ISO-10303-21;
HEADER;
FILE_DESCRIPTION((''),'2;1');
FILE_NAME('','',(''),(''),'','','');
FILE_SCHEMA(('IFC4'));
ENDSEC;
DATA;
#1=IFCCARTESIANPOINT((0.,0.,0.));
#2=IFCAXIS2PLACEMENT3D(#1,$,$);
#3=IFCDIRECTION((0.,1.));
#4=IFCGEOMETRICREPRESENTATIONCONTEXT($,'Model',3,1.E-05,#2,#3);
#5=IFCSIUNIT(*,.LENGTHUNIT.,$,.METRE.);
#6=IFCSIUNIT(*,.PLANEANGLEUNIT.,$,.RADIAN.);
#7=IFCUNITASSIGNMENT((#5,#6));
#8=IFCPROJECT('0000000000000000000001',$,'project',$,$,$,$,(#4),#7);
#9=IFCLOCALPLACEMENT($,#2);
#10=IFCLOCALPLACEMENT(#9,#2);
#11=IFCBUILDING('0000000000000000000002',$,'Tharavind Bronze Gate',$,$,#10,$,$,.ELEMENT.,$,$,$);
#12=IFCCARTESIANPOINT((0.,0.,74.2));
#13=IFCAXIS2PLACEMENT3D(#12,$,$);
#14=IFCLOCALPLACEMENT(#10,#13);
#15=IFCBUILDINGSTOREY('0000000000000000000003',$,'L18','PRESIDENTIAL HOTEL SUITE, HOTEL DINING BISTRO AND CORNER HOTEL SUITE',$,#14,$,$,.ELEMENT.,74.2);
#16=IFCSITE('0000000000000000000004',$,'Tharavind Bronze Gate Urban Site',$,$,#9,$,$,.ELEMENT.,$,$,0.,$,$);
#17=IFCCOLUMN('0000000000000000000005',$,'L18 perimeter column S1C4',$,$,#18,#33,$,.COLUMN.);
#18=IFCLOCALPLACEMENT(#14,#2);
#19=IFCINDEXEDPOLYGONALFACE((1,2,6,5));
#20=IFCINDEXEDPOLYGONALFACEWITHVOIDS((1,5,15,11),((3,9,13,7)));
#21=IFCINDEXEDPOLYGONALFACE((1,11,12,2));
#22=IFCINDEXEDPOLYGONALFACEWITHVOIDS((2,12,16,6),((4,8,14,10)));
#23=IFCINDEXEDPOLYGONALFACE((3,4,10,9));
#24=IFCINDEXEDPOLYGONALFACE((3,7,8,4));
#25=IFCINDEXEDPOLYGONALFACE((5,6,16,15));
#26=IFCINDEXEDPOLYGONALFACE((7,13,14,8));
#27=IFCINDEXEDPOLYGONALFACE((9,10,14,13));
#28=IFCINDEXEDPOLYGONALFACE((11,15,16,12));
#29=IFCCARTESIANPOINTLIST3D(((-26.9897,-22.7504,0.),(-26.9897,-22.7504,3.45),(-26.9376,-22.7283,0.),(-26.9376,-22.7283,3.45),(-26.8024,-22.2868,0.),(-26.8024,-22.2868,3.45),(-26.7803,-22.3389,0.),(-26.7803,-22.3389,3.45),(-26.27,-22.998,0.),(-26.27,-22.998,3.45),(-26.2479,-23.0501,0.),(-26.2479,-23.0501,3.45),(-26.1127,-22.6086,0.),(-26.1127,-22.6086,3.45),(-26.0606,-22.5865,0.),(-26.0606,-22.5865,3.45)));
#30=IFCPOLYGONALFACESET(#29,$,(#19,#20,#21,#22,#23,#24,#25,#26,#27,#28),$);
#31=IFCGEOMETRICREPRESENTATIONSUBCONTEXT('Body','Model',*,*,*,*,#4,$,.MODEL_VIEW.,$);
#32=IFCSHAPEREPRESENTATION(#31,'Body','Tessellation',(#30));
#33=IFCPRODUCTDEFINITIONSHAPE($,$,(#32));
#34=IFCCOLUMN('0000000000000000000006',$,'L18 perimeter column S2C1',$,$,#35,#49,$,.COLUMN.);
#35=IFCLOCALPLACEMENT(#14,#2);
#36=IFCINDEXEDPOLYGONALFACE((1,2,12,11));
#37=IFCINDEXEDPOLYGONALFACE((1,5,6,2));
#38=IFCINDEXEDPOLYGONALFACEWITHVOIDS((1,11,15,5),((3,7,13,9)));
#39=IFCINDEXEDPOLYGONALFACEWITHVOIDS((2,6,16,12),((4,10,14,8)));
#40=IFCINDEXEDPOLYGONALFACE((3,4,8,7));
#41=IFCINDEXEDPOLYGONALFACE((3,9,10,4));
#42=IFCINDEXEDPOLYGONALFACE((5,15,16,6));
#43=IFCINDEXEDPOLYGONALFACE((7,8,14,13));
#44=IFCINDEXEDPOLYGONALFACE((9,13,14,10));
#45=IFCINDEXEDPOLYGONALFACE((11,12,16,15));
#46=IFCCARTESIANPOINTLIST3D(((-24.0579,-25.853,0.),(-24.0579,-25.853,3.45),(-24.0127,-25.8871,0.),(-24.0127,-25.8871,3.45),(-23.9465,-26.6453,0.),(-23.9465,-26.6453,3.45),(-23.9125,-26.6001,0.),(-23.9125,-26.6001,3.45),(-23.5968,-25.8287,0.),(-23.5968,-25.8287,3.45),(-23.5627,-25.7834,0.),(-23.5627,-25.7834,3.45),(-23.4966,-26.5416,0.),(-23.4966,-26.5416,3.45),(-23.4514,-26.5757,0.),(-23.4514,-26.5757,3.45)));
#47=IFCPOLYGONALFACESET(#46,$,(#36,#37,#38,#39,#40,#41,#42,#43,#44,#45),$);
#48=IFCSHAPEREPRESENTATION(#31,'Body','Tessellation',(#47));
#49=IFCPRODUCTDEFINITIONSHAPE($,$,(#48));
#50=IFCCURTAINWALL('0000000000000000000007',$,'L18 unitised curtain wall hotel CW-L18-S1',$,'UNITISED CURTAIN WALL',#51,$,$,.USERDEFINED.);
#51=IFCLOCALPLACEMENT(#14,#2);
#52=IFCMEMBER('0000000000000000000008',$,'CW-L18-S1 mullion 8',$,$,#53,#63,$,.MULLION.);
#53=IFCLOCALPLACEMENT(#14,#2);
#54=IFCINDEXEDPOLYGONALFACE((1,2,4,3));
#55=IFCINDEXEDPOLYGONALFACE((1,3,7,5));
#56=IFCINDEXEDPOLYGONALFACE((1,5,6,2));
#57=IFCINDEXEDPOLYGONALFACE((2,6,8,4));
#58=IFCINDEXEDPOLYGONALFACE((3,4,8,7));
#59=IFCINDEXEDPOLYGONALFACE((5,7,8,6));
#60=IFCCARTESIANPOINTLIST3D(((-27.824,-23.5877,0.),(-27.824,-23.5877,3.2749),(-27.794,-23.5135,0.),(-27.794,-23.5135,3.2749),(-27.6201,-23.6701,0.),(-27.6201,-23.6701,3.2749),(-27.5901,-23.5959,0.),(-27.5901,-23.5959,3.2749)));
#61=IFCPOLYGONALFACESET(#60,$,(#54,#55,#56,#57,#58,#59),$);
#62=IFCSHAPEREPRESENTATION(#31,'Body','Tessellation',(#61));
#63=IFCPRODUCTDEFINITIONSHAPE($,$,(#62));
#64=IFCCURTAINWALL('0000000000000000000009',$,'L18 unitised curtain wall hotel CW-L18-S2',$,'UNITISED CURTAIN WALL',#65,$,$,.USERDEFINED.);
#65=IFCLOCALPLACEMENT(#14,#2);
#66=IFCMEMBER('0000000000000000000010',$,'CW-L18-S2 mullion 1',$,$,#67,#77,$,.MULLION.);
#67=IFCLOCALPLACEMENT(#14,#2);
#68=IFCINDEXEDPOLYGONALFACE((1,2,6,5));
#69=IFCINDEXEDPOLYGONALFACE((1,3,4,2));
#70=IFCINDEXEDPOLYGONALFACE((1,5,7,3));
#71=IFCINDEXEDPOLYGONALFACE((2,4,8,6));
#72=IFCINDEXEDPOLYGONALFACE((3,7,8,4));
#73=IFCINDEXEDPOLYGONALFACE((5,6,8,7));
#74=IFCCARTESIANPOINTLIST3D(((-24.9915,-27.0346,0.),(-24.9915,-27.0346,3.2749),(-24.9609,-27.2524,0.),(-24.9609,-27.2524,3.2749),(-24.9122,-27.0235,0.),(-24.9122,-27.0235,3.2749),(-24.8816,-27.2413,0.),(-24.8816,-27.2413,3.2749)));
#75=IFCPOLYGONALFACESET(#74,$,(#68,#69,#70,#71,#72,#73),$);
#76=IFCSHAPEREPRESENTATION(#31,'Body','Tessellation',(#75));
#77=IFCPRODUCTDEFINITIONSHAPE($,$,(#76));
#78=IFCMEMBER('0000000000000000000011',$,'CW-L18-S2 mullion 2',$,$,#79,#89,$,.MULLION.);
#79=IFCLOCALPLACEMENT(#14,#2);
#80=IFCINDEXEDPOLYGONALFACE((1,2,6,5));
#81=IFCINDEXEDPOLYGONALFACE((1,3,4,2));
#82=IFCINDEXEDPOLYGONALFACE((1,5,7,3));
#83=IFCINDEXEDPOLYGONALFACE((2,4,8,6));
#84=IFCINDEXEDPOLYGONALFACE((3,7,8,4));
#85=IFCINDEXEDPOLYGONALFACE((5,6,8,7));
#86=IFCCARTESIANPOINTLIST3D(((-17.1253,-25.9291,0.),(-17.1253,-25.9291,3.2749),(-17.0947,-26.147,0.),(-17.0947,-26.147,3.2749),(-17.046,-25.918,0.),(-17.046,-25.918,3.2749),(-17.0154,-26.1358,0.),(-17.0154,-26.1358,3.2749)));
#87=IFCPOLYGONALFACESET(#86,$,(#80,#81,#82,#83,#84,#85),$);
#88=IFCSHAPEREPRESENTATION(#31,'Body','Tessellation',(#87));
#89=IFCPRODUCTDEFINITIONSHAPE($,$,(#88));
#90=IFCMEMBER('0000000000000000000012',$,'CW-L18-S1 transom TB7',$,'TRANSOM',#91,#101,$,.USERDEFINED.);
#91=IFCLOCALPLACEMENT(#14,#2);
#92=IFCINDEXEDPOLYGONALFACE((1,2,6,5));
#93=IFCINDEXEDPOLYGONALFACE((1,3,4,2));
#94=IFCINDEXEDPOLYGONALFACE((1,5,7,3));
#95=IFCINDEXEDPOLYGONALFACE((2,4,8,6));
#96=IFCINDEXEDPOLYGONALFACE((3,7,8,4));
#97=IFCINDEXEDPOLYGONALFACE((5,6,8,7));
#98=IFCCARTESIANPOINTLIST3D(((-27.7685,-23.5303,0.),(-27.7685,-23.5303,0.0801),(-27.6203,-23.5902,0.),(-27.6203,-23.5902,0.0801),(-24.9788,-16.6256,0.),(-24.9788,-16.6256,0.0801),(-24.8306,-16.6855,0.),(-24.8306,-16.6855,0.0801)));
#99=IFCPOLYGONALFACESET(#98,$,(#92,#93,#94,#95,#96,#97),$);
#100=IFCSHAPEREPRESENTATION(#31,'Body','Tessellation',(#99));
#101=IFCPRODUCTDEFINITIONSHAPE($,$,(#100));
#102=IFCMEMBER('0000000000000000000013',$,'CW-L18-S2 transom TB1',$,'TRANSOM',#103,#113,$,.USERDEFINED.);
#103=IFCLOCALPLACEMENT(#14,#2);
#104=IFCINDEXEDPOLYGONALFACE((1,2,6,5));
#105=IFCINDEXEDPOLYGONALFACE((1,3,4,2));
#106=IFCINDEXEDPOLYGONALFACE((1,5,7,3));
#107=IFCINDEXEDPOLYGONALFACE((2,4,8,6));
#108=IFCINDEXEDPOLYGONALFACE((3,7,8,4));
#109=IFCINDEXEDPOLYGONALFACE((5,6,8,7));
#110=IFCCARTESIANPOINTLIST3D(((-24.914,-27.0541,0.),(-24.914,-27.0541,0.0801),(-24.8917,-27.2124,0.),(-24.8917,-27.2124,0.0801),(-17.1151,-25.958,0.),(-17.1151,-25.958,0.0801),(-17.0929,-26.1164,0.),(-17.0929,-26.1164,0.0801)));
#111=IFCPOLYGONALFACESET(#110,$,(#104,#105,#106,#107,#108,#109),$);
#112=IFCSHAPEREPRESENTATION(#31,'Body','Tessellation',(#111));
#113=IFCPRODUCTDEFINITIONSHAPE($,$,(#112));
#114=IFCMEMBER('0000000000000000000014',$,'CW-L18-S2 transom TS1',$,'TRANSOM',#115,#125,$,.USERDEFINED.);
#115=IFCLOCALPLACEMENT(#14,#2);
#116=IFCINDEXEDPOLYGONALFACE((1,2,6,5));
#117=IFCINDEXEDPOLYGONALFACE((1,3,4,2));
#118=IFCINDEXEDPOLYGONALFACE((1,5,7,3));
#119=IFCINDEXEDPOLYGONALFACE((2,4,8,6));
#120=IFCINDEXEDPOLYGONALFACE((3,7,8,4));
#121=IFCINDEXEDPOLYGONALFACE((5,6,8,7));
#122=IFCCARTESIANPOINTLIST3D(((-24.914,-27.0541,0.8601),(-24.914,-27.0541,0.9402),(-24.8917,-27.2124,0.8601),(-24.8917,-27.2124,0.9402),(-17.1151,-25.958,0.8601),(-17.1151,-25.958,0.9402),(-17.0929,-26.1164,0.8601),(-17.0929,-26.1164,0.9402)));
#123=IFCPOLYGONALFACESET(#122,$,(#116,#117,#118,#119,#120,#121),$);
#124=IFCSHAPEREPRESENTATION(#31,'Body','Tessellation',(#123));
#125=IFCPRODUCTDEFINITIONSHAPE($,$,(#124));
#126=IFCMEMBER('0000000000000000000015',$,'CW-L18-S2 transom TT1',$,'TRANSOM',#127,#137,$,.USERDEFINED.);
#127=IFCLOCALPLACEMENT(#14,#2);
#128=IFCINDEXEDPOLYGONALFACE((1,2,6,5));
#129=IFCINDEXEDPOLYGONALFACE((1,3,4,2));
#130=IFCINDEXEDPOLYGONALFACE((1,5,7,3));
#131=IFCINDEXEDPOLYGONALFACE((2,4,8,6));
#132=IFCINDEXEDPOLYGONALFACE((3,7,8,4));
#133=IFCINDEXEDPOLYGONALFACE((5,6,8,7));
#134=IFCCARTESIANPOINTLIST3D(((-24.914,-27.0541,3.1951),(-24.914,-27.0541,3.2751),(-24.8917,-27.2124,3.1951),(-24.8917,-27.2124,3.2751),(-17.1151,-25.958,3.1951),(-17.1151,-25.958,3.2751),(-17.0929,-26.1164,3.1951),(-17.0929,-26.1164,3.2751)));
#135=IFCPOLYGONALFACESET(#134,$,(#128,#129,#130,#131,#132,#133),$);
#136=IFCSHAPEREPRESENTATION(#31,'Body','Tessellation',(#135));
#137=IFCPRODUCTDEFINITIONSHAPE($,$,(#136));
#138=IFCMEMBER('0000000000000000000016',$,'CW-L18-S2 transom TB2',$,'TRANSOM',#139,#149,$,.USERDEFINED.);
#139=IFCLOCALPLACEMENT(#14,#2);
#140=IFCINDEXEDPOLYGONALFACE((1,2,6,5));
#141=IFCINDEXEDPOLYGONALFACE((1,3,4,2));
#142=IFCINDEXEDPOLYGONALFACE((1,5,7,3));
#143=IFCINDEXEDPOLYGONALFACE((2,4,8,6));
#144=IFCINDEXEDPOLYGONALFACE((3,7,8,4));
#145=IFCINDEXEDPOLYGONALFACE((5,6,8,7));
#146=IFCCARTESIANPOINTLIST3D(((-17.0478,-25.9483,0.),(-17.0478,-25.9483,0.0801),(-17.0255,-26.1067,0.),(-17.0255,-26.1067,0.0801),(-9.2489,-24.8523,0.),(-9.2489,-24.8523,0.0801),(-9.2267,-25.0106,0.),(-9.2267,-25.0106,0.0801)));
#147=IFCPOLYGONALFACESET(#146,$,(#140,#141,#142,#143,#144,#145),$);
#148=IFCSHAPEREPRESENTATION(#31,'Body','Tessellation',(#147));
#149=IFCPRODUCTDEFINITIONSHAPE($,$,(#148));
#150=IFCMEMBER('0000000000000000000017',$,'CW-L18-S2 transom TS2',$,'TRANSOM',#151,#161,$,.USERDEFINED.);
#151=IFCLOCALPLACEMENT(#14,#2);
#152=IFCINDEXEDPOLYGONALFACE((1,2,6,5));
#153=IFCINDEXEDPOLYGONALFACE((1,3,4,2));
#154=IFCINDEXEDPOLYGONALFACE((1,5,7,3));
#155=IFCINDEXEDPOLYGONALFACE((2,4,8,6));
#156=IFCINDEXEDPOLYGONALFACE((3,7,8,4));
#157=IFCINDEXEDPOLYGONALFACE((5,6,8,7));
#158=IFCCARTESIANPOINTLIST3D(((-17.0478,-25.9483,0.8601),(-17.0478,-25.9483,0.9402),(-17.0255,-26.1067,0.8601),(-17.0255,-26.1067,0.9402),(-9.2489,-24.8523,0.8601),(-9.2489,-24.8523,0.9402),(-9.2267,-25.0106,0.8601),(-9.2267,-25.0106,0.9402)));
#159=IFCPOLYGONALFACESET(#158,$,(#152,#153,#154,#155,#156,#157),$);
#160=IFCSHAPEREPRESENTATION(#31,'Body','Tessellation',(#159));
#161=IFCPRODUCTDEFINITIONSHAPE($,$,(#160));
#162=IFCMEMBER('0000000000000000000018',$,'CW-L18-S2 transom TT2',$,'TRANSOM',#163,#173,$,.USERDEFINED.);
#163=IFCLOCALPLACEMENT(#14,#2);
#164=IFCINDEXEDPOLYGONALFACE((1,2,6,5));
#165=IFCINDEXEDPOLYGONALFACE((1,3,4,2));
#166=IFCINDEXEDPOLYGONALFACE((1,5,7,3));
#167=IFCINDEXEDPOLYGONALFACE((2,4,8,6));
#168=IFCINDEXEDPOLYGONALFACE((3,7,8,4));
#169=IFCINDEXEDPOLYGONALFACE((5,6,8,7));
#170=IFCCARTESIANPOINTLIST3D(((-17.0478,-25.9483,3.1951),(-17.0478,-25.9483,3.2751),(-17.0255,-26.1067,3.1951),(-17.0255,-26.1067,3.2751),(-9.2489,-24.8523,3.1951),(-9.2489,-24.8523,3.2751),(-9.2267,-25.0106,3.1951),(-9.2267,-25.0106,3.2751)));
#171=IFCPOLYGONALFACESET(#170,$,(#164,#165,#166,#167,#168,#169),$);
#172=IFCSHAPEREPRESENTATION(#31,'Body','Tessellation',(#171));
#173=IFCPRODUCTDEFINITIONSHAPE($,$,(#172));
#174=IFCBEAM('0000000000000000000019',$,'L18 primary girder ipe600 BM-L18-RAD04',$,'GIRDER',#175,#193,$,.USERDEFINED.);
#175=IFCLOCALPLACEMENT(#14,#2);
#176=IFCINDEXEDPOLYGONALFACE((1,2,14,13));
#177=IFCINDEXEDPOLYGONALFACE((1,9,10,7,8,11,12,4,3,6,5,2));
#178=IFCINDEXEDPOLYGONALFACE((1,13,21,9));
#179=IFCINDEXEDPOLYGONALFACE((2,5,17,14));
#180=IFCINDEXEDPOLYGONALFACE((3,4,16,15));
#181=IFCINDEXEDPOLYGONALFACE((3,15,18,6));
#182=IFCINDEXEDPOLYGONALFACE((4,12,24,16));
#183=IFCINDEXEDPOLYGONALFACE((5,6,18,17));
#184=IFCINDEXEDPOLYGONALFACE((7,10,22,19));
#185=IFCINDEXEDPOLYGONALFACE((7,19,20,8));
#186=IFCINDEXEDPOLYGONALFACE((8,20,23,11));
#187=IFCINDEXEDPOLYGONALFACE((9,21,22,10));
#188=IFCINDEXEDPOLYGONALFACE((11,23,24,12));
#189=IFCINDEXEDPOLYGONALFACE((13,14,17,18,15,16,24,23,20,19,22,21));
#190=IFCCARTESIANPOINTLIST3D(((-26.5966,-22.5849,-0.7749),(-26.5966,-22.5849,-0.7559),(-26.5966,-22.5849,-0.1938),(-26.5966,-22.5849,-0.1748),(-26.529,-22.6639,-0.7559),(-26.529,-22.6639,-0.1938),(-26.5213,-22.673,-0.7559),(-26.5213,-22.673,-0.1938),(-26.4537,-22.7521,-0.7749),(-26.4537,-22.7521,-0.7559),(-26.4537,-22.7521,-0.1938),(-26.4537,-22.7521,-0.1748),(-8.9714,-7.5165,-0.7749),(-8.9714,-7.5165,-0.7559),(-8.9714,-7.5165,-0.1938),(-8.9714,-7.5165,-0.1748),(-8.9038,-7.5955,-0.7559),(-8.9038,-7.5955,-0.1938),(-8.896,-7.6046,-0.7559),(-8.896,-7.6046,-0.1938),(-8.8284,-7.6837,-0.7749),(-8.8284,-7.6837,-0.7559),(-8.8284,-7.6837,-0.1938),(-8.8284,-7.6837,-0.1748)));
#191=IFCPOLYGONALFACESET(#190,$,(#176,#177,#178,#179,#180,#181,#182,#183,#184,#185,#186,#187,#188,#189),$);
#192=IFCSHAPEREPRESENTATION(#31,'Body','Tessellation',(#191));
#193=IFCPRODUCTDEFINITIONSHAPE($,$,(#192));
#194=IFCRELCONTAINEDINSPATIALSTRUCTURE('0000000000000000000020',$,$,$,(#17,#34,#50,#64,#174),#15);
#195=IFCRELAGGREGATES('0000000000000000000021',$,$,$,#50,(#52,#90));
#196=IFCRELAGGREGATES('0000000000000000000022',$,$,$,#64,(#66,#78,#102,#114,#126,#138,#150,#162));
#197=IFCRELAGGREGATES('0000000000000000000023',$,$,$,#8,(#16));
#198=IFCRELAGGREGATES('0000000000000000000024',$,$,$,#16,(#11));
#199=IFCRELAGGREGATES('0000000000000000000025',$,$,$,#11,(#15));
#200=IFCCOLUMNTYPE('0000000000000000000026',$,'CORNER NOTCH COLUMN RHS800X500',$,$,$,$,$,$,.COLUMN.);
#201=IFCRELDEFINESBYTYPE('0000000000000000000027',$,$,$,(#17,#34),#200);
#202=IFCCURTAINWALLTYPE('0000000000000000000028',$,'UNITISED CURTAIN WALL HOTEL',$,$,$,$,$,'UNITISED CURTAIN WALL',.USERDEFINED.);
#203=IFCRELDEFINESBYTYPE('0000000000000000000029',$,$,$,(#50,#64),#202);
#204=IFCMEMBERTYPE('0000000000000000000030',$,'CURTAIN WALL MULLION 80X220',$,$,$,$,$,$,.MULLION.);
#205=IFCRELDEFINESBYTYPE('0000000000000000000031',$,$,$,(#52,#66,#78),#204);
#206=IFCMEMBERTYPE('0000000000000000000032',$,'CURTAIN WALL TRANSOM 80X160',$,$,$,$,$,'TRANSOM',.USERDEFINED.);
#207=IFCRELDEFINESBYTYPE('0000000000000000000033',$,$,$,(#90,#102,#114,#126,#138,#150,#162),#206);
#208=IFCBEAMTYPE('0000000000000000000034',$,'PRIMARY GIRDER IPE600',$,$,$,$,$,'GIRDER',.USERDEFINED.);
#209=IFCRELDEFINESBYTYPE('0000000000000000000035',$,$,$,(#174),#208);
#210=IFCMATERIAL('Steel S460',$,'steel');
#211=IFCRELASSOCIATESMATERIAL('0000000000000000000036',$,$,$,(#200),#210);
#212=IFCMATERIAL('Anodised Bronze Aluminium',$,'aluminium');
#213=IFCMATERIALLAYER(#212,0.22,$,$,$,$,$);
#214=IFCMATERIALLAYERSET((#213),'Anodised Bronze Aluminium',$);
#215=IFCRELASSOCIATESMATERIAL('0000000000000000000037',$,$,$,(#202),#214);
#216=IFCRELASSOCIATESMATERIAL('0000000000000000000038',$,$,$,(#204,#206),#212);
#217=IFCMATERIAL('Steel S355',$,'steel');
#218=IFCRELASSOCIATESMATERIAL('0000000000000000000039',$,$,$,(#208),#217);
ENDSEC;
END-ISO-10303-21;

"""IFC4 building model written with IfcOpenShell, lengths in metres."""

from ifc_helpers import new_model, si_unit, direction, frame, origin, origin_2d, place, context, subcontext, project, spatial, rectangle, hollow_rectangle, i_section, extrude, material, layer, layer_set, material_profile, profile_set, type_object, element, aggregate, save


model = new_model("IFC4")

# Units and contexts
model_context = context("Model", 3, precision=1e-05, world=origin(), true_north=direction((0.0, 1.0)))
body_context = subcontext(model_context, "Body", "Model", "MODEL_VIEW")
ifc_project = project(units=[si_unit("LENGTHUNIT", "METRE"), si_unit("PLANEANGLEUNIT", "RADIAN")], contexts=[model_context])

# Site, building, storey
site_placement = place(None, origin())
site = spatial("IfcSite", under=ifc_project, at=site_placement, Name="Tharavind Bronze Gate Urban Site", CompositionType="ELEMENT", RefElevation=0.0)
building_placement = place(site_placement, origin())
building = spatial("IfcBuilding", under=site, at=building_placement, Name="Tharavind Bronze Gate", CompositionType="ELEMENT")
storey_placement = place(building_placement, frame((0.0, 0.0, 74.2)))
storey = spatial("IfcBuildingStorey", under=building, at=storey_placement, Name="L18", Description="PRESIDENTIAL HOTEL SUITE, HOTEL DINING BISTRO AND CORNER HOTEL SUITE", CompositionType="ELEMENT", Elevation=74.2)

# Columns
ifc_material_1 = material(Name="Steel S460", Category="steel")
ifc_material_profile_1 = material_profile(ifc_material_1, hollow_rectangle(XDim=0.5, YDim=0.8, WallThickness=0.04, at=origin_2d()), Name="RHS800X500X40")
ifc_profile_set_1 = profile_set([ifc_material_profile_1], Name="Steel S460")
column_type = type_object("IfcColumnType", Name="CORNER NOTCH COLUMN RHS800X500", PredefinedType="COLUMN", material=ifc_profile_set_1)
for number, where, z_axis, x_axis, name in (
    (1, (-26.5251, -22.6685, 0.0), (0.0, 0.0, 1.0), (0.374608, 0.927183, 0.0), "L18 perimeter column S1C4"),
    (2, (-23.7546, -26.2144, 0.0), (0.0, 0.0, 1.0), (0.990268, 0.139173, 0.0), "L18 perimeter column S2C1"),
):
    element("IfcColumn", number, at=place(storey_placement, frame(where, z_axis=z_axis, x_axis=x_axis)), inside=storey, type_object=column_type, Name=name, PredefinedType="COLUMN", context=body_context, shape_type="SweptSolid", body=[
        extrude(hollow_rectangle(XDim=0.5, YDim=0.8, WallThickness=0.04, at=origin_2d()), origin(), (0.0, 0.0, 1.0), 3.45),
    ])

# Curtain wall, member
ifc_material_2 = material(Name="Anodised Bronze Aluminium", Category="aluminium")
ifc_layer_1 = layer(ifc_material_2, 0.22)
ifc_layer_set_1 = layer_set([ifc_layer_1], Name="Anodised Bronze Aluminium")
curtain_wall_type = type_object("IfcCurtainWallType", Name="UNITISED CURTAIN WALL HOTEL", ElementType="UNITISED CURTAIN WALL", PredefinedType="USERDEFINED", material=ifc_layer_set_1)
curtain_wall_1_placement = place(storey_placement, origin())
curtain_wall_1 = element("IfcCurtainWall", 3, at=curtain_wall_1_placement, inside=storey, type_object=curtain_wall_type, Name="L18 unitised curtain wall hotel CW-L18-S1", ObjectType="UNITISED CURTAIN WALL", PredefinedType="USERDEFINED")
member_type_1 = type_object("IfcMemberType", Name="CURTAIN WALL MULLION 80X220", PredefinedType="MULLION", material=ifc_material_2)
member_1_placement = place(storey_placement, frame((-27.707, -23.5918, 0.0), z_axis=(0.0, 0.0, 1.0), x_axis=(-0.374607, -0.927184, 0.0)))
member_1 = element("IfcMember", 4, at=member_1_placement, type_object=member_type_1, Name="CW-L18-S1 mullion 8", PredefinedType="MULLION", context=body_context, shape_type="SweptSolid", body=[
    extrude(rectangle(XDim=0.0801, YDim=0.22, at=origin_2d()), origin(), (0.0, 0.0, 1.0), 3.2749),
])

# Curtain wall, members
curtain_wall_2_placement = place(storey_placement, origin())
curtain_wall_2 = element("IfcCurtainWall", 5, at=curtain_wall_2_placement, inside=storey, type_object=curtain_wall_type, Name="L18 unitised curtain wall hotel CW-L18-S2", ObjectType="UNITISED CURTAIN WALL", PredefinedType="USERDEFINED")
member_2_placement = place(storey_placement, frame((-24.9365, -27.1379, 0.0), z_axis=(0.0, 0.0, 1.0), x_axis=(0.990268, 0.139173, 0.0)))
member_2 = element("IfcMember", 6, at=member_2_placement, type_object=member_type_1, Name="CW-L18-S2 mullion 1", PredefinedType="MULLION", context=body_context, shape_type="SweptSolid", body=[
    extrude(rectangle(XDim=0.0801, YDim=0.22, at=origin_2d()), origin(), (0.0, 0.0, 1.0), 3.2749),
])
member_3_placement = place(storey_placement, frame((-17.0703, -26.0325, 0.0), z_axis=(0.0, 0.0, 1.0), x_axis=(0.990268, 0.139173, 0.0)))
member_3 = element("IfcMember", 7, at=member_3_placement, type_object=member_type_1, Name="CW-L18-S2 mullion 2", PredefinedType="MULLION", context=body_context, shape_type="SweptSolid", body=[
    extrude(rectangle(XDim=0.0801, YDim=0.22, at=origin_2d()), origin(), (0.0, 0.0, 1.0), 3.2749),
])

# Members
member_type_2 = type_object("IfcMemberType", Name="CURTAIN WALL TRANSOM 80X160", ElementType="TRANSOM", PredefinedType="USERDEFINED", material=ifc_material_2)
member_4_placement = place(storey_placement, frame((-26.2996, -20.1079, 0.0), z_axis=(0.0, 0.0, 1.0), x_axis=(-0.374607, -0.927184, 0.0)))
member_4 = element("IfcMember", 8, at=member_4_placement, type_object=member_type_2, Name="CW-L18-S1 transom TB7", ObjectType="TRANSOM", PredefinedType="USERDEFINED", context=body_context, shape_type="SweptSolid", body=[
    extrude(rectangle(XDim=7.447, YDim=0.1599, at=origin_2d()), origin(), (0.0, 0.0, 1.0), 0.0801),
])
aggregate(curtain_wall_1, [member_1, member_4])
member_5_placement = place(storey_placement, frame((-21.0034, -26.5852, 0.0), z_axis=(0.0, 0.0, 1.0), x_axis=(0.990268, 0.139173, 0.0)))
member_5 = element("IfcMember", 9, at=member_5_placement, type_object=member_type_2, Name="CW-L18-S2 transom TB1", ObjectType="TRANSOM", PredefinedType="USERDEFINED", context=body_context, shape_type="SweptSolid", body=[
    extrude(rectangle(XDim=7.8755, YDim=0.1599, at=origin_2d()), origin(), (0.0, 0.0, 1.0), 0.0801),
])
member_6_placement = place(storey_placement, frame((-21.0034, -26.5852, 0.8601), z_axis=(0.0, 0.0, 1.0), x_axis=(0.990268, 0.139173, 0.0)))
member_6 = element("IfcMember", 10, at=member_6_placement, type_object=member_type_2, Name="CW-L18-S2 transom TS1", ObjectType="TRANSOM", PredefinedType="USERDEFINED", context=body_context, shape_type="SweptSolid", body=[
    extrude(rectangle(XDim=7.8755, YDim=0.1599, at=origin_2d()), origin(), (0.0, 0.0, 1.0), 0.0801),
])
member_7_placement = place(storey_placement, frame((-21.0034, -26.5852, 3.1951), z_axis=(0.0, 0.0, 1.0), x_axis=(0.990268, 0.139173, 0.0)))
member_7 = element("IfcMember", 11, at=member_7_placement, type_object=member_type_2, Name="CW-L18-S2 transom TT1", ObjectType="TRANSOM", PredefinedType="USERDEFINED", context=body_context, shape_type="SweptSolid", body=[
    extrude(rectangle(XDim=7.8755, YDim=0.1599, at=origin_2d()), origin(), (0.0, 0.0, 1.0), 0.0801),
])
member_8_placement = place(storey_placement, frame((-13.1372, -25.4795, 0.0), z_axis=(0.0, 0.0, 1.0), x_axis=(0.990268, 0.139173, 0.0)))
member_8 = element("IfcMember", 12, at=member_8_placement, type_object=member_type_2, Name="CW-L18-S2 transom TB2", ObjectType="TRANSOM", PredefinedType="USERDEFINED", context=body_context, shape_type="SweptSolid", body=[
    extrude(rectangle(XDim=7.8755, YDim=0.1599, at=origin_2d()), origin(), (0.0, 0.0, 1.0), 0.0801),
])
member_9_placement = place(storey_placement, frame((-13.1372, -25.4795, 0.8601), z_axis=(0.0, 0.0, 1.0), x_axis=(0.990268, 0.139173, 0.0)))
member_9 = element("IfcMember", 13, at=member_9_placement, type_object=member_type_2, Name="CW-L18-S2 transom TS2", ObjectType="TRANSOM", PredefinedType="USERDEFINED", context=body_context, shape_type="SweptSolid", body=[
    extrude(rectangle(XDim=7.8755, YDim=0.1599, at=origin_2d()), origin(), (0.0, 0.0, 1.0), 0.0801),
])
member_10_placement = place(storey_placement, frame((-13.1372, -25.4795, 3.1951), z_axis=(0.0, 0.0, 1.0), x_axis=(0.990268, 0.139173, 0.0)))
member_10 = element("IfcMember", 14, at=member_10_placement, type_object=member_type_2, Name="CW-L18-S2 transom TT2", ObjectType="TRANSOM", PredefinedType="USERDEFINED", context=body_context, shape_type="SweptSolid", body=[
    extrude(rectangle(XDim=7.8755, YDim=0.1599, at=origin_2d()), origin(), (0.0, 0.0, 1.0), 0.0801),
])

# Beam
ifc_material_3 = material(Name="Steel S355", Category="steel")
ifc_material_profile_2 = material_profile(ifc_material_3, i_section(OverallWidth=0.22, OverallDepth=0.6001, WebThickness=0.012, FlangeThickness=0.019, at=origin_2d()), Name="IPE600")
ifc_profile_set_2 = profile_set([ifc_material_profile_2], Name="Steel S355")
beam_type_1 = type_object("IfcBeamType", Name="PRIMARY GIRDER IPE600", ElementType="GIRDER", PredefinedType="USERDEFINED", material=ifc_profile_set_2)
beam_1_placement = place(storey_placement, frame((-26.5251, -22.6685, -0.4749), z_axis=(0.760087, 0.649821, 0.0), x_axis=(-0.649821, 0.760087, 0.0)))
element("IfcBeam", 15, at=beam_1_placement, inside=storey, type_object=beam_type_1, Name="L18 primary girder ipe600 BM-L18-RAD04", ObjectType="GIRDER", PredefinedType="USERDEFINED", context=body_context, shape_type="SweptSolid", body=[
    extrude(i_section(OverallWidth=0.22, OverallDepth=0.6001, WebThickness=0.012, FlangeThickness=0.019, at=origin_2d()), origin(), (0.0, 0.0, 1.0), 23.1885),
])

aggregate(curtain_wall_2, [member_2, member_3, member_5, member_6, member_7, member_8, member_9, member_10])

save(model, "model.ifc")
